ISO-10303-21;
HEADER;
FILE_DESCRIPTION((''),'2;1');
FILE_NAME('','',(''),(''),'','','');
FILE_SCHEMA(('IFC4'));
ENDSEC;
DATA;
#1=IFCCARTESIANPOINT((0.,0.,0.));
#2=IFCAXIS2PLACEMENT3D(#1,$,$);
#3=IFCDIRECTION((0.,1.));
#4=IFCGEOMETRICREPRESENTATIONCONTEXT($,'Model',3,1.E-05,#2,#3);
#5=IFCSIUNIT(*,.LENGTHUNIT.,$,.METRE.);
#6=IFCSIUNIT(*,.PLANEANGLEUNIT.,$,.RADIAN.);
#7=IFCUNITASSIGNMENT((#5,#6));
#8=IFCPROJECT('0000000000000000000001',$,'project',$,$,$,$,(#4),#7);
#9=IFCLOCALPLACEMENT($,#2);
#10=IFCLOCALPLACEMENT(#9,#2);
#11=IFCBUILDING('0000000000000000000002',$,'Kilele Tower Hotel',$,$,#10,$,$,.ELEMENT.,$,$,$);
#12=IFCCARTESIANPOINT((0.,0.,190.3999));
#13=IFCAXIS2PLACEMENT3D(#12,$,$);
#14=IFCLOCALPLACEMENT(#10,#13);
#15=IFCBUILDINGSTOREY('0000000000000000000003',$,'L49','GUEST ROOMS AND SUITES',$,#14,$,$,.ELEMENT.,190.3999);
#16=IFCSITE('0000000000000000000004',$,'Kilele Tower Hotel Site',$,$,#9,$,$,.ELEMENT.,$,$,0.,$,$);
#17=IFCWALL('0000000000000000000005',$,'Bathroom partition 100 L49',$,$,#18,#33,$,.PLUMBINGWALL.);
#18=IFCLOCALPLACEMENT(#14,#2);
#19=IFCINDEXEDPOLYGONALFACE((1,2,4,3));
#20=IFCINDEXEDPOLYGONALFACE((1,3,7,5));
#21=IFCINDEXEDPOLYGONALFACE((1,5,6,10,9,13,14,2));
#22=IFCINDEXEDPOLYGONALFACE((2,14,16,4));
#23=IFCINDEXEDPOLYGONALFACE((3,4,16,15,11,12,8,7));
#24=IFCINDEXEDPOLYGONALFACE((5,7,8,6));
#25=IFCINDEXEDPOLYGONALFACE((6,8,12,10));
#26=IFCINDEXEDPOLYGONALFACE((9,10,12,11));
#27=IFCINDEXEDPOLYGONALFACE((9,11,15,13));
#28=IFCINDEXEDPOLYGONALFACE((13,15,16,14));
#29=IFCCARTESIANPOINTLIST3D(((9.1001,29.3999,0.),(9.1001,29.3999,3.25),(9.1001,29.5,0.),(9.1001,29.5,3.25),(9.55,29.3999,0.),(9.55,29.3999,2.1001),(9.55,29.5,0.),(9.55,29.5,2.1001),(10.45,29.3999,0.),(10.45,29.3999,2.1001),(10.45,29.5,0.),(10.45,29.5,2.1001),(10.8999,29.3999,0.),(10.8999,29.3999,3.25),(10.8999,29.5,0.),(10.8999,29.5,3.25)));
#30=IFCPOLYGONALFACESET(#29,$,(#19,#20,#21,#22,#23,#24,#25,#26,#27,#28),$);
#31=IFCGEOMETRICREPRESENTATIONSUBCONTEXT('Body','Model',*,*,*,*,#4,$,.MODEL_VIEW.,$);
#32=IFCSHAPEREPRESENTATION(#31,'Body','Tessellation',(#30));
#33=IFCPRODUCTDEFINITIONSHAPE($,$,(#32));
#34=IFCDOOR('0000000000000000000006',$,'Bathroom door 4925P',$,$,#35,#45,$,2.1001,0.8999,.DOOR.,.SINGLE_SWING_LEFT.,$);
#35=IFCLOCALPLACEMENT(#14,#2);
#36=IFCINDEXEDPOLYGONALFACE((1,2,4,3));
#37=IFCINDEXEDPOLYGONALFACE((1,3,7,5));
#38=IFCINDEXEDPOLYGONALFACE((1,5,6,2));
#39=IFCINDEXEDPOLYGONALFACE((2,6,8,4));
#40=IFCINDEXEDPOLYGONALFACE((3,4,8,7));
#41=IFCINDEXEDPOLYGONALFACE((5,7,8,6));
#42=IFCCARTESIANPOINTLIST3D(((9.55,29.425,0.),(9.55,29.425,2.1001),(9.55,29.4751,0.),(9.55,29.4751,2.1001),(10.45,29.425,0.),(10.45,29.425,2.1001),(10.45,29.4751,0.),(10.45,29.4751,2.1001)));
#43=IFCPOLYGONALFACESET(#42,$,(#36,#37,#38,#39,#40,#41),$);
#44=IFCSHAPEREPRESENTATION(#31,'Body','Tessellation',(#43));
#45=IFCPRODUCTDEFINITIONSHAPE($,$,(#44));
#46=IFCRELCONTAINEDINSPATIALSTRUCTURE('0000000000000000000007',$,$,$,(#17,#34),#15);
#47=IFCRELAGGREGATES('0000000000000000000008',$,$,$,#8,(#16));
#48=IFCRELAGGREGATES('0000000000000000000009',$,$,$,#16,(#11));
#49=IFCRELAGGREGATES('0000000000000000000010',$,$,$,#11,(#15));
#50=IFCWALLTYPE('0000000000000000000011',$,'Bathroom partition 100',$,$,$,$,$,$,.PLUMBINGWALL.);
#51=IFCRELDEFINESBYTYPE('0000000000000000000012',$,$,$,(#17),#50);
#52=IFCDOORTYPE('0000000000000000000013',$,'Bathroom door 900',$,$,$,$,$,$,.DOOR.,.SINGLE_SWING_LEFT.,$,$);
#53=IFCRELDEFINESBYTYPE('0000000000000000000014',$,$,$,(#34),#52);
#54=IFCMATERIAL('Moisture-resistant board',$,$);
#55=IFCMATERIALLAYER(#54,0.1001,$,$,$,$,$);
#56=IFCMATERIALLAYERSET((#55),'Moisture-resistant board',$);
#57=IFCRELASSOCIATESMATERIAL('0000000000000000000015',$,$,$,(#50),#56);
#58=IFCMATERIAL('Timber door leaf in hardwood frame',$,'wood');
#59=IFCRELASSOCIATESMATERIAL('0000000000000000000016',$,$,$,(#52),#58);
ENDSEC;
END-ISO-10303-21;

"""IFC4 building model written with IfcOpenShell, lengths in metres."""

from ifc_helpers import new_model, si_unit, direction, frame, frame_2d, origin, place, context, subcontext, project, spatial, rectangle, extrude, material, layer, layer_set, type_object, element, fill, save


model = new_model("IFC4")

# Units and contexts
model_context = context("Model", 3, precision=1e-05, world=origin(), true_north=direction((0.0, 1.0)))
body_context = subcontext(model_context, "Body", "Model", "MODEL_VIEW")
ifc_project = project(units=[si_unit("LENGTHUNIT", "METRE"), si_unit("PLANEANGLEUNIT", "RADIAN")], contexts=[model_context])

# Site, building, storey
site_placement = place(None, origin())
site = spatial("IfcSite", under=ifc_project, at=site_placement, Name="Kilele Tower Hotel Site", CompositionType="ELEMENT", RefElevation=0.0)
building_placement = place(site_placement, origin())
building = spatial("IfcBuilding", under=site, at=building_placement, Name="Kilele Tower Hotel", CompositionType="ELEMENT")
storey_placement = place(building_placement, frame((0.0, 0.0, 190.3999)))
storey = spatial("IfcBuildingStorey", under=building, at=storey_placement, Name="L49", Description="GUEST ROOMS AND SUITES", CompositionType="ELEMENT", Elevation=190.3999)

# Shared definitions
ifc_material_1 = material(Name="Moisture-resistant board")
ifc_layer_1 = layer(ifc_material_1, 0.1001)
ifc_layer_set_1 = layer_set([ifc_layer_1], Name="Moisture-resistant board")
wall_type_1 = type_object("IfcWallType", Name="Bathroom partition 100", PredefinedType="PLUMBINGWALL", material=ifc_layer_set_1)

# Shared definitions
ifc_material_2 = material(Name="Timber door leaf in hardwood frame", Category="wood")
door_type_1 = type_object("IfcDoorType", Name="Bathroom door 900", OperationType="SINGLE_SWING_LEFT", PredefinedType="DOOR", material=ifc_material_2)

# Wall, opening, door
wall_1_placement = place(storey_placement, frame((10.8999, 29.45, 0.0), z_axis=(0.0, 0.0, 1.0), x_axis=(-1.0, 0.0, 0.0)))
wall_1 = element("IfcWall", 1, at=wall_1_placement, inside=storey, type_object=wall_type_1, Name="Bathroom partition 100 L49", PredefinedType="PLUMBINGWALL", context=body_context, shape_type="SweptSolid", body=[
    extrude(rectangle(XDim=1.7998, YDim=0.1001, at=frame_2d((0.8999, 0.0))), origin(), (0.0, 0.0, 1.0), 3.25),
])
opening_1_placement = place(wall_1_placement, frame((0.45, 0.0, 0.0)))
opening_1 = element("IfcOpeningElement", 2, at=opening_1_placement, cuts=wall_1, PredefinedType="OPENING", context=body_context, shape_type="SweptSolid", body=[
    extrude(rectangle(XDim=0.8999, YDim=2.1001, at=frame_2d((0.45, 1.05))), frame((0.0, 0.0601, 0.0), z_axis=(0.0, -1.0, 0.0), x_axis=(1.0, 0.0, 0.0)), (0.0, 0.0, 1.0), 0.1201),
])
door_1_placement = place(opening_1_placement, origin())
door_1 = element("IfcDoor", 3, at=door_1_placement, inside=storey, type_object=door_type_1, Name="Bathroom door 4925P", OperationType="SINGLE_SWING_LEFT", OverallHeight=2.1001, OverallWidth=0.8999, PredefinedType="DOOR", context=body_context, shape_type="SweptSolid", body=[
    extrude(rectangle(XDim=0.8999, YDim=2.1001, at=frame_2d((0.45, 1.05))), frame((0.0, 0.0249, 0.0), z_axis=(0.0, -1.0, 0.0), x_axis=(1.0, 0.0, 0.0)), (0.0, 0.0, 1.0), 0.05),
])
fill(opening_1, door_1)

save(model, "model.ifc")
